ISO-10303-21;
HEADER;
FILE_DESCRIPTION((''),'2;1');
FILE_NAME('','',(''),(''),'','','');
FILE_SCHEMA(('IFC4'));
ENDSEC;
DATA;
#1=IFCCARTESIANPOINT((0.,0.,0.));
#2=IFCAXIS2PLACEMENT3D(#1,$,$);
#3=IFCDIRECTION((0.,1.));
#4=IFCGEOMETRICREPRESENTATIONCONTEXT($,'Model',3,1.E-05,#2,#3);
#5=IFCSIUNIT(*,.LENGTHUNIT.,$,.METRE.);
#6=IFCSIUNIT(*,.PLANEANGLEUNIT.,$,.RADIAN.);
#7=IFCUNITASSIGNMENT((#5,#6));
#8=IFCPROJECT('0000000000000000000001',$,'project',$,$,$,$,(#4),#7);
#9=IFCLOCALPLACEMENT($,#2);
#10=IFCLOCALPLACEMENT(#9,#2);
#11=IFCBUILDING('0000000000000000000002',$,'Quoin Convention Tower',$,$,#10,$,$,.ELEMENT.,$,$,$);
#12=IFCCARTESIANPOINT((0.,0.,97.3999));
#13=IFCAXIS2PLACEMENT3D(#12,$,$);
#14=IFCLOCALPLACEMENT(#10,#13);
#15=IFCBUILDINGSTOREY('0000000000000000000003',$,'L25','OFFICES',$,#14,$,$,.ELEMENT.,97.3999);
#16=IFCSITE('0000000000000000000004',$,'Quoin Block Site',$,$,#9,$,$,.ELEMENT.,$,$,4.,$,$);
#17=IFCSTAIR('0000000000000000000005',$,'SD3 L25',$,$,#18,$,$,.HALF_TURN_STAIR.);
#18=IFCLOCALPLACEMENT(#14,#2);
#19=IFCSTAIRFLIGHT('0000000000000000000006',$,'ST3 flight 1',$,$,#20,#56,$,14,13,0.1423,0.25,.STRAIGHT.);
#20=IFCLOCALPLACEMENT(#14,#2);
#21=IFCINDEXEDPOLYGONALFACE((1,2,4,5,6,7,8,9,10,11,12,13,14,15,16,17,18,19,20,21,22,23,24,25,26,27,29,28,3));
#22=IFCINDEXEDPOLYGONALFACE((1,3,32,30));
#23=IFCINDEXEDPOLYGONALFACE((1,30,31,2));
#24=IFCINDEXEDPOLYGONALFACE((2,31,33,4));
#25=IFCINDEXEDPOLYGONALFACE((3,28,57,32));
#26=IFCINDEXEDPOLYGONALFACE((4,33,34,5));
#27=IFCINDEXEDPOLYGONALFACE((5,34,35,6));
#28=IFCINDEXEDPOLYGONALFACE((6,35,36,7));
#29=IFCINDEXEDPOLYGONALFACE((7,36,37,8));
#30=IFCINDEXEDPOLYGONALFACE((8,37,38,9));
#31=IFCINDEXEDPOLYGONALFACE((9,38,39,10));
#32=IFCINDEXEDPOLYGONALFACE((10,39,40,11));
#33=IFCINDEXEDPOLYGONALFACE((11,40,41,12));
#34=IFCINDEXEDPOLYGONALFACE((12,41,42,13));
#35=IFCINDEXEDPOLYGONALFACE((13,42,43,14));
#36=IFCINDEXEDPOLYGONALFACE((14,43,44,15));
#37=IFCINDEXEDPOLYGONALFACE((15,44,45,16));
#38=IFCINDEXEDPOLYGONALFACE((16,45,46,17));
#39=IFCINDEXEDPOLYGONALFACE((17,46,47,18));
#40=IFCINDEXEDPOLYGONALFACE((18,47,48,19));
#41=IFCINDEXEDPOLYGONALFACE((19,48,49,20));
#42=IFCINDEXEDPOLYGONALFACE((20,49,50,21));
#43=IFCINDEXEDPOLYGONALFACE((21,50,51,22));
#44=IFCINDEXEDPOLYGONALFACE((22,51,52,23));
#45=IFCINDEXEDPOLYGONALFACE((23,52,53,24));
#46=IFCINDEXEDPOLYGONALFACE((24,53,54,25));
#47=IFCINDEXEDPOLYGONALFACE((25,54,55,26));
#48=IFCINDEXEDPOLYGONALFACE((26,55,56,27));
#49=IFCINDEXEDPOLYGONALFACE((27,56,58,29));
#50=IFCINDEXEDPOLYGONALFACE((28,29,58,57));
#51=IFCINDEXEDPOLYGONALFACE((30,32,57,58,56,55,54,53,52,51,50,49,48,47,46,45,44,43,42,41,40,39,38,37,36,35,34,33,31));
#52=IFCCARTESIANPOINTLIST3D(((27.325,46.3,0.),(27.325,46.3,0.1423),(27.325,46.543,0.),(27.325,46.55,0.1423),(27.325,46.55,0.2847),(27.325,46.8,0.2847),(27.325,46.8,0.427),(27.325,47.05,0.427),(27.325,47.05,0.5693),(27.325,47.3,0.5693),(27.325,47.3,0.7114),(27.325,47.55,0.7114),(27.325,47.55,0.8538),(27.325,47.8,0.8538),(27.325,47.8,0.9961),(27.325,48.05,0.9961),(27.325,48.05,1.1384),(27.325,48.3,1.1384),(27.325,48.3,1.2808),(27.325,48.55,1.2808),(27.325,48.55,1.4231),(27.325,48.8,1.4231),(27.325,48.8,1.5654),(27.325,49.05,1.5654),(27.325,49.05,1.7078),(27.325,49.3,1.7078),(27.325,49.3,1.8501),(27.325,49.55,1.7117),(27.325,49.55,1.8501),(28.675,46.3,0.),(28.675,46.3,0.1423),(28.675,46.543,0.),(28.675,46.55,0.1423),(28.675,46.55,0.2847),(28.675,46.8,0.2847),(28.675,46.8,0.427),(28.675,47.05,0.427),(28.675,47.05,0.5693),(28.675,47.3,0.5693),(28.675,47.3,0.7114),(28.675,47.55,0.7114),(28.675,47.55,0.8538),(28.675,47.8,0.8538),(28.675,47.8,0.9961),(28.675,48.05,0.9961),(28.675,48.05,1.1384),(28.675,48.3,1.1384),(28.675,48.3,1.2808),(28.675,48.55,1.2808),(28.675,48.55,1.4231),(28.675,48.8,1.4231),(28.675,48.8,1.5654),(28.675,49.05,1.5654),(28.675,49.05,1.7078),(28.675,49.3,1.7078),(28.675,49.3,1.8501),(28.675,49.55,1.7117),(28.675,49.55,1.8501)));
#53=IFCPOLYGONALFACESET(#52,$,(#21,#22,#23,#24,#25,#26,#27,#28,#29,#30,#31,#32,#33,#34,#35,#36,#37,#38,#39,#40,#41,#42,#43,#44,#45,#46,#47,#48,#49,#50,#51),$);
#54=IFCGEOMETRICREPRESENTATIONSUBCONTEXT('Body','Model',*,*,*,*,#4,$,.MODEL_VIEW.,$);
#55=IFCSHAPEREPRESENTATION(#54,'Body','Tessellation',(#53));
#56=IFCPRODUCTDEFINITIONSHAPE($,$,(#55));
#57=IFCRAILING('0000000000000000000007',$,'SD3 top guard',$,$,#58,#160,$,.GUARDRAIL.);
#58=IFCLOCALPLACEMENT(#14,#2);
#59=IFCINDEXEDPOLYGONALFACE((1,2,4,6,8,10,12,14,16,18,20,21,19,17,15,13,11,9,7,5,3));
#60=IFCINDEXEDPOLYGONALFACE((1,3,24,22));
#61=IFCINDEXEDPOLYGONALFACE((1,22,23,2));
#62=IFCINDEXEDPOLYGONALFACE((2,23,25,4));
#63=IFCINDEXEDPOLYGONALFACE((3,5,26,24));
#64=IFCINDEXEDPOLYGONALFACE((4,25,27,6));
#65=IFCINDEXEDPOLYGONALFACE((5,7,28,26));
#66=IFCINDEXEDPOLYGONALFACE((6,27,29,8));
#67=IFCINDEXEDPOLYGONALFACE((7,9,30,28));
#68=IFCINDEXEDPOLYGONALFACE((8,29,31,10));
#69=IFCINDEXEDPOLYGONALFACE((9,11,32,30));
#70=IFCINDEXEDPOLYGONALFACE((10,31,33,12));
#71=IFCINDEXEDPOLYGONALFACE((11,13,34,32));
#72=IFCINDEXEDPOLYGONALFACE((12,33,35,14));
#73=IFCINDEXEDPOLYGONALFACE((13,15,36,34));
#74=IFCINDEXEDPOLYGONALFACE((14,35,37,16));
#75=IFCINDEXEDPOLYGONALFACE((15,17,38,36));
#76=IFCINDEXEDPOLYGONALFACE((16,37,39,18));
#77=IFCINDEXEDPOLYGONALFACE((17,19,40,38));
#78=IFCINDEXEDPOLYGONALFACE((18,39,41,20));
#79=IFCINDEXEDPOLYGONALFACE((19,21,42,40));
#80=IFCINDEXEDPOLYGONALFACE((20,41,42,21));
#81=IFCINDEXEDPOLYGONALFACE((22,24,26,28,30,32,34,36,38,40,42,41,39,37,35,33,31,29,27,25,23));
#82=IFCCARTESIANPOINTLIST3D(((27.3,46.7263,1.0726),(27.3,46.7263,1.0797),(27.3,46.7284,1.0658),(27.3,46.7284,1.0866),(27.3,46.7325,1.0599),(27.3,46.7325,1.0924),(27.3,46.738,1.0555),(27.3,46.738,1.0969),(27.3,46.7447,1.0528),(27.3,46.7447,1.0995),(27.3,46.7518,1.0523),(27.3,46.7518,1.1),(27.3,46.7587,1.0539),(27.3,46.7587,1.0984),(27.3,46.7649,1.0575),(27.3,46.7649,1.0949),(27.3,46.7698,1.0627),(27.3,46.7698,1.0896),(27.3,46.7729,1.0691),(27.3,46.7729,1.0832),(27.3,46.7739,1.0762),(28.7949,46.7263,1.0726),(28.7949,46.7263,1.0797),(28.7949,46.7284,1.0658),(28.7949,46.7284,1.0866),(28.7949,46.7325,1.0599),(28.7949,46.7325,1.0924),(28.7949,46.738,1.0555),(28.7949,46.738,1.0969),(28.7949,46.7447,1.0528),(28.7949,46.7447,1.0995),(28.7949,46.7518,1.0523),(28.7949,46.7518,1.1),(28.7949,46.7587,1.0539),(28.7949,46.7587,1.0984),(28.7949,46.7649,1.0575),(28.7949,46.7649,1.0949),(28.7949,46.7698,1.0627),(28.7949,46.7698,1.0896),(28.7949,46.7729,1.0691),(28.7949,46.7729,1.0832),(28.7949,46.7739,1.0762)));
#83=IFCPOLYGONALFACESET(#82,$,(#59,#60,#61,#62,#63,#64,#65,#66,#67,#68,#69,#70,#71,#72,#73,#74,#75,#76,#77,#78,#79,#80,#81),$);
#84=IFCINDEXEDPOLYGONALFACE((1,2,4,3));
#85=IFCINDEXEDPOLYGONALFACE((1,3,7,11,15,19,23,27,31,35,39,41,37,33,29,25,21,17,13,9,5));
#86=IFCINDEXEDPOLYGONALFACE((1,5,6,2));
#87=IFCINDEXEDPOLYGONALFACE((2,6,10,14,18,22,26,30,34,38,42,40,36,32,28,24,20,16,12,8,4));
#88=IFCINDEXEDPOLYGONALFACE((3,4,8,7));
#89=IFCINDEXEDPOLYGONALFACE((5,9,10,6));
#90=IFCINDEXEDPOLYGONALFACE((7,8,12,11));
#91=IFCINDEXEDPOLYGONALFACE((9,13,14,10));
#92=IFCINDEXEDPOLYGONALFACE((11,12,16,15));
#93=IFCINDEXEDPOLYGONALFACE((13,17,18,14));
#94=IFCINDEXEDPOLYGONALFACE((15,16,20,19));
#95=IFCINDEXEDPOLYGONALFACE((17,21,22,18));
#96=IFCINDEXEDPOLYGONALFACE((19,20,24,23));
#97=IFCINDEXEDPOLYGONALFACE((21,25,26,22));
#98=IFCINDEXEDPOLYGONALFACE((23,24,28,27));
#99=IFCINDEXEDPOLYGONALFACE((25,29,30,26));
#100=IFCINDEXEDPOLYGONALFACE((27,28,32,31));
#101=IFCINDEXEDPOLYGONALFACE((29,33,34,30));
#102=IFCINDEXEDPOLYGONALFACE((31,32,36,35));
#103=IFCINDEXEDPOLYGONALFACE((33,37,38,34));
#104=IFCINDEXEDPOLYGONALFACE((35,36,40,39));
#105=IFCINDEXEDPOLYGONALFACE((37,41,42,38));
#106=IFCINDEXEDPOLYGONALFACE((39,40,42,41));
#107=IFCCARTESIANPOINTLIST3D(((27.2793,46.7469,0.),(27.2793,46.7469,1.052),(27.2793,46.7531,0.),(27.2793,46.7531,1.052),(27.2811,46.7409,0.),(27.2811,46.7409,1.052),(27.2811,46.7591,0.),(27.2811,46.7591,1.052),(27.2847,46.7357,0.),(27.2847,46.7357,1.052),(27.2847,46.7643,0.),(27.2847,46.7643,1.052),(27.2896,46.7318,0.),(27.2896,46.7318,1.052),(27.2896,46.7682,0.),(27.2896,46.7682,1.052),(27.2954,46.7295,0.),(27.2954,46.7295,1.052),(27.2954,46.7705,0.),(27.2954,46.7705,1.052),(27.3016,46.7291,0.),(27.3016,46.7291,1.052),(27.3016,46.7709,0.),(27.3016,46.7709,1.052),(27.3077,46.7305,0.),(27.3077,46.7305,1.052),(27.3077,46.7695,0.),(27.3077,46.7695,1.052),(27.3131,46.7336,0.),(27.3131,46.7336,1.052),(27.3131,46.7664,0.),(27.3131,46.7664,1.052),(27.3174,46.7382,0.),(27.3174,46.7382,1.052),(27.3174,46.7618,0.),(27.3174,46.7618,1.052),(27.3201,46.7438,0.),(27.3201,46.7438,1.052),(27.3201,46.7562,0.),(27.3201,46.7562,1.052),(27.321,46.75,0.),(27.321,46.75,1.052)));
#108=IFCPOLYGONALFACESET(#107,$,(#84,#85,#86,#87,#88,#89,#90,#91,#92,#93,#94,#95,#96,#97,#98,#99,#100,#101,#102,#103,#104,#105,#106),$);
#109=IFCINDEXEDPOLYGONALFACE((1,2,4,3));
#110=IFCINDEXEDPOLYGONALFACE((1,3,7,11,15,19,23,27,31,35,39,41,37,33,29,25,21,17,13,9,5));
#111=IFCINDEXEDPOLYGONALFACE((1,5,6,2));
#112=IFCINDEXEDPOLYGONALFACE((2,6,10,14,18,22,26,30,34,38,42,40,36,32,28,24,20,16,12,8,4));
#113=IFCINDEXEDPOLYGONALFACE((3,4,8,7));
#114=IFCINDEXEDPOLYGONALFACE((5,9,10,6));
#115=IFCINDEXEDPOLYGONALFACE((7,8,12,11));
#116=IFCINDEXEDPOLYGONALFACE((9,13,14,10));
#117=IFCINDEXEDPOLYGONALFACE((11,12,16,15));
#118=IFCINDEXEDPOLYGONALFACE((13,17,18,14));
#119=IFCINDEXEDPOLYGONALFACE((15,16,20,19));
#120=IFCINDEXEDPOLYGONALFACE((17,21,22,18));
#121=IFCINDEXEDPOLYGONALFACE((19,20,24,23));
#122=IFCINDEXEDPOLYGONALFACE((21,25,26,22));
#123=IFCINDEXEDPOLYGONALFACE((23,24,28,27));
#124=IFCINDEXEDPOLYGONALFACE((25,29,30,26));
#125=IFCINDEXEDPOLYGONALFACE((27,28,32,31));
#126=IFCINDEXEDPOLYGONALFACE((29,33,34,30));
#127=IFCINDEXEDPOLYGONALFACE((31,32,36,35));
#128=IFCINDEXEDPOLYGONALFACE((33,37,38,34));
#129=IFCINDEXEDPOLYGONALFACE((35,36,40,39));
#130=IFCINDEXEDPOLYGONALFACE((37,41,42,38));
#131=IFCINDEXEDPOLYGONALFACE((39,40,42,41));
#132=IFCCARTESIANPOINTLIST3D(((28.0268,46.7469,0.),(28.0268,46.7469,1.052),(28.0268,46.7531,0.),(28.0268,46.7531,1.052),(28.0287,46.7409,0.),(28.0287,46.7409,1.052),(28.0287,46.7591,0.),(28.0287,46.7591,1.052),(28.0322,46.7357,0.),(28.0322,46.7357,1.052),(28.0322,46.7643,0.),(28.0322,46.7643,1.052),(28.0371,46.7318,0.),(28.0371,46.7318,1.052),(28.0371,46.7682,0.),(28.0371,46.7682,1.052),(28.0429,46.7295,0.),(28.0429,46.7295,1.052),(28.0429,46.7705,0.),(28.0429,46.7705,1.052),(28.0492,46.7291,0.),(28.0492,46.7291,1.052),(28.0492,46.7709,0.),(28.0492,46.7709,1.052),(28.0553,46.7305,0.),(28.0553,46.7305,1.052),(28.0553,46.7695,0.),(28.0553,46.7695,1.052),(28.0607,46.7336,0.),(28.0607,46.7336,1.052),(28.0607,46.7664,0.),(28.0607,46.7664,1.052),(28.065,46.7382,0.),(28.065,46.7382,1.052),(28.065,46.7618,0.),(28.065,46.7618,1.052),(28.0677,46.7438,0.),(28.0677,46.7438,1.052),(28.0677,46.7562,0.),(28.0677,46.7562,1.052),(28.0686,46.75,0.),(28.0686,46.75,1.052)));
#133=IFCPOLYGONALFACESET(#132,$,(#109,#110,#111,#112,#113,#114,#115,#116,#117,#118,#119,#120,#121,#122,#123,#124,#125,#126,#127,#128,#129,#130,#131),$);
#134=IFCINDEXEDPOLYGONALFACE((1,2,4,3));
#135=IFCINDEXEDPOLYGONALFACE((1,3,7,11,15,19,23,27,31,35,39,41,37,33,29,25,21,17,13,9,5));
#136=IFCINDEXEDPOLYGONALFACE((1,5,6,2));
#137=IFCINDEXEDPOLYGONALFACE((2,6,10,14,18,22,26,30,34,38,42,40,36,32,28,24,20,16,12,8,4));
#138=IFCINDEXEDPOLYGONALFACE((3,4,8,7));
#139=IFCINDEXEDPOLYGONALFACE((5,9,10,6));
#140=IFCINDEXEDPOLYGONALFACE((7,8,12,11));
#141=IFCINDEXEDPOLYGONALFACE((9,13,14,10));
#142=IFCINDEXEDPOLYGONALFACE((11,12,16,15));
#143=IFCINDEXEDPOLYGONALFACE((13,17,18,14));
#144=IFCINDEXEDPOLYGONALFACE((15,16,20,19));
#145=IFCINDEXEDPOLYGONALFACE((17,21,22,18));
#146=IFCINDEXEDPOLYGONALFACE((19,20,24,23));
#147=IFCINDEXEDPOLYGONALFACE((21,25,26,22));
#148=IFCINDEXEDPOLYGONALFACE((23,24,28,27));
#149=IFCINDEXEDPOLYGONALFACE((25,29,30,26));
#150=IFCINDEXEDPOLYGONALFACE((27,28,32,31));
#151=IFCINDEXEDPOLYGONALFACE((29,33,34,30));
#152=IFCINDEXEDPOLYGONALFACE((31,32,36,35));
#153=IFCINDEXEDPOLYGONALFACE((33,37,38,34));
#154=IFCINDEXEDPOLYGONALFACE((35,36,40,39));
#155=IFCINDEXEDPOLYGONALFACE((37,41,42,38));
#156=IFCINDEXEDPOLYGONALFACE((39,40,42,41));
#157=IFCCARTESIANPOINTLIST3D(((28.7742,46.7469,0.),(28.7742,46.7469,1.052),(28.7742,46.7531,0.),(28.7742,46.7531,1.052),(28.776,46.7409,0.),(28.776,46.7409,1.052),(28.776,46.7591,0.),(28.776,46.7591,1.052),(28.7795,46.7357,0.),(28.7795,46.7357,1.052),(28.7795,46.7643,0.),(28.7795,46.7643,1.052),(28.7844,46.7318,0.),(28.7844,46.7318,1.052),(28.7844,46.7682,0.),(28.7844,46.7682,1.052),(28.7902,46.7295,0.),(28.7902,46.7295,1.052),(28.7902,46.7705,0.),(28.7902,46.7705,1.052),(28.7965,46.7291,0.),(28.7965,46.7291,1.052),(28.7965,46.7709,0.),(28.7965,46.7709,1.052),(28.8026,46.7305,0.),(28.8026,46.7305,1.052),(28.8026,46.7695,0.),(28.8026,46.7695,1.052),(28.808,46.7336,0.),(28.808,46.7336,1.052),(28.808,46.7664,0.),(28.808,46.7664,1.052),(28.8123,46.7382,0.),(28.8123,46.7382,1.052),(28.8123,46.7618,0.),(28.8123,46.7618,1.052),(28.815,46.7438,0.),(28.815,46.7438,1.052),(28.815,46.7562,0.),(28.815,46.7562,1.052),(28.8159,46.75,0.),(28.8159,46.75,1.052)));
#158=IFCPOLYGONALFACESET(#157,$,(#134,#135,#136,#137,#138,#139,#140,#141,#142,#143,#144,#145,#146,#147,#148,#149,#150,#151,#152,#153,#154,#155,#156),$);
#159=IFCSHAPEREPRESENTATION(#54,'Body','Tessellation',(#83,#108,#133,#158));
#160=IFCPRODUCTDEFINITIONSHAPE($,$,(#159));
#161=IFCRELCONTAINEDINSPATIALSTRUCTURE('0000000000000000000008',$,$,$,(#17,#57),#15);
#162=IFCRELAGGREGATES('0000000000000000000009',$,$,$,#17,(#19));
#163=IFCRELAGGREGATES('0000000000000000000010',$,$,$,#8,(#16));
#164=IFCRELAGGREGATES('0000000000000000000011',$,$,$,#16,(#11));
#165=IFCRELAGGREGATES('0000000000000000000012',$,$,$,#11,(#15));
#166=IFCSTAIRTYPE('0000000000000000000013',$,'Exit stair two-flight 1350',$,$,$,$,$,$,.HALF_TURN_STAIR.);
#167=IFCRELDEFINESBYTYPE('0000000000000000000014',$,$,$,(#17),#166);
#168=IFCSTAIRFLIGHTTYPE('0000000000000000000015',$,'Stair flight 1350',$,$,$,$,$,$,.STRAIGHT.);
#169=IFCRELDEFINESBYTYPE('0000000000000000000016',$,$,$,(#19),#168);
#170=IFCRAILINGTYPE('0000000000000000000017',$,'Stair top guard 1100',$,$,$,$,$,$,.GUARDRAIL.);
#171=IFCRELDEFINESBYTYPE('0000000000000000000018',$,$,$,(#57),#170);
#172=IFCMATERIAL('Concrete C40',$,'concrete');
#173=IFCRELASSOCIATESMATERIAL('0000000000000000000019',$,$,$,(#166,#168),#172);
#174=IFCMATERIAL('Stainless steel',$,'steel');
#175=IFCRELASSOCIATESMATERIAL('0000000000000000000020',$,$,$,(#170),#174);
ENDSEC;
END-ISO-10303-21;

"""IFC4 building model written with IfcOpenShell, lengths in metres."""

from ifc_helpers import new_model, si_unit, direction, frame, origin, origin_2d, place, context, subcontext, project, spatial, polyline, circle, outline, extrude, material, type_object, element, aggregate, save


model = new_model("IFC4")

# Units and contexts
model_context = context("Model", 3, precision=1e-05, world=origin(), true_north=direction((0.0, 1.0)))
body_context = subcontext(model_context, "Body", "Model", "MODEL_VIEW")
ifc_project = project(units=[si_unit("LENGTHUNIT", "METRE"), si_unit("PLANEANGLEUNIT", "RADIAN")], contexts=[model_context])

# Site, building, storey
site_placement = place(None, origin())
site = spatial("IfcSite", under=ifc_project, at=site_placement, Name="Quoin Block Site", CompositionType="ELEMENT", RefElevation=4.0)
building_placement = place(site_placement, origin())
building = spatial("IfcBuilding", under=site, at=building_placement, Name="Quoin Convention Tower", CompositionType="ELEMENT")
storey_placement = place(building_placement, frame((0.0, 0.0, 97.3999)))
storey = spatial("IfcBuildingStorey", under=building, at=storey_placement, Name="L25", Description="OFFICES", CompositionType="ELEMENT", Elevation=97.3999)

# Stair, stair flight
ifc_material_1 = material(Name="Concrete C40", Category="concrete")
stair_type = type_object("IfcStairType", Name="Exit stair two-flight 1350", PredefinedType="HALF_TURN_STAIR", material=ifc_material_1)
stair_placement = place(storey_placement, origin())
stair = element("IfcStair", 1, at=stair_placement, inside=storey, type_object=stair_type, Name="SD3 L25", PredefinedType="HALF_TURN_STAIR")
stair_flight_type = type_object("IfcStairFlightType", Name="Stair flight 1350", PredefinedType="STRAIGHT", material=ifc_material_1)
stair_flight_placement = place(storey_placement, frame((28.0, 46.3, 0.0), z_axis=(0.0, 0.0, 1.0), x_axis=(0.0, 1.0, 0.0)))
stair_flight = element("IfcStairFlight", 2, at=stair_flight_placement, type_object=stair_flight_type, Name="ST3 flight 1", NumberOfRisers=14, NumberOfTreads=13, PredefinedType="STRAIGHT", RiserHeight=0.1423, TreadLength=0.25, context=body_context, shape_type="SweptSolid", body=[
    extrude(outline(polyline([(0.0, 0.0), (0.0, 0.1423), (0.25, 0.1423), (0.25, 0.2847), (0.5, 0.2847), (0.5, 0.427), (0.75, 0.427), (0.75, 0.5693), (1.0, 0.5693), (1.0, 0.7114), (1.25, 0.7114), (1.25, 0.8538), (1.5, 0.8538), (1.5, 0.9961), (1.75, 0.9961), (1.75, 1.1384), (2.0, 1.1384), (2.0, 1.2808), (2.25, 1.2808), (2.25, 1.4231), (2.5, 1.4231), (2.5, 1.5654), (2.75, 1.5654), (2.75, 1.7078), (3.0, 1.7078), (3.0, 1.8501), (3.25, 1.8501), (3.25, 1.9922), (3.25, 1.7117), (0.2429, 0.0), (0.0, 0.0)])), frame((0.0, 0.675, 0.0), z_axis=(0.0, -1.0, 0.0), x_axis=(1.0, 0.0, 0.0)), (0.0, 0.0, 1.0), 1.3501),
])
aggregate(stair, [stair_flight])

# Railing
ifc_material_2 = material(Name="Stainless steel", Category="steel")
railing_type = type_object("IfcRailingType", Name="Stair top guard 1100", PredefinedType="GUARDRAIL", material=ifc_material_2)
railing_placement = place(storey_placement, frame((27.3, 46.75, 0.0)))
element("IfcRailing", 3, at=railing_placement, inside=storey, type_object=railing_type, Name="SD3 top guard", PredefinedType="GUARDRAIL", context=body_context, shape_type="SweptSolid", body=[
    extrude(circle(Radius=0.0239, at=origin_2d()), frame((0.0, 0.0, 1.0762), z_axis=(1.0, 0.0, 0.0), x_axis=(0.0, 1.0, 0.0)), (0.0, 0.0, 1.0), 1.4949),
    extrude(circle(Radius=0.021, at=origin_2d()), origin(), (0.0, 0.0, 1.0), 1.052),
    extrude(circle(Radius=0.021, at=origin_2d()), frame((0.7476, 0.0, 0.0)), (0.0, 0.0, 1.0), 1.052),
    extrude(circle(Radius=0.021, at=origin_2d()), frame((1.4949, 0.0, 0.0)), (0.0, 0.0, 1.0), 1.052),
])

save(model, "model.ifc")
